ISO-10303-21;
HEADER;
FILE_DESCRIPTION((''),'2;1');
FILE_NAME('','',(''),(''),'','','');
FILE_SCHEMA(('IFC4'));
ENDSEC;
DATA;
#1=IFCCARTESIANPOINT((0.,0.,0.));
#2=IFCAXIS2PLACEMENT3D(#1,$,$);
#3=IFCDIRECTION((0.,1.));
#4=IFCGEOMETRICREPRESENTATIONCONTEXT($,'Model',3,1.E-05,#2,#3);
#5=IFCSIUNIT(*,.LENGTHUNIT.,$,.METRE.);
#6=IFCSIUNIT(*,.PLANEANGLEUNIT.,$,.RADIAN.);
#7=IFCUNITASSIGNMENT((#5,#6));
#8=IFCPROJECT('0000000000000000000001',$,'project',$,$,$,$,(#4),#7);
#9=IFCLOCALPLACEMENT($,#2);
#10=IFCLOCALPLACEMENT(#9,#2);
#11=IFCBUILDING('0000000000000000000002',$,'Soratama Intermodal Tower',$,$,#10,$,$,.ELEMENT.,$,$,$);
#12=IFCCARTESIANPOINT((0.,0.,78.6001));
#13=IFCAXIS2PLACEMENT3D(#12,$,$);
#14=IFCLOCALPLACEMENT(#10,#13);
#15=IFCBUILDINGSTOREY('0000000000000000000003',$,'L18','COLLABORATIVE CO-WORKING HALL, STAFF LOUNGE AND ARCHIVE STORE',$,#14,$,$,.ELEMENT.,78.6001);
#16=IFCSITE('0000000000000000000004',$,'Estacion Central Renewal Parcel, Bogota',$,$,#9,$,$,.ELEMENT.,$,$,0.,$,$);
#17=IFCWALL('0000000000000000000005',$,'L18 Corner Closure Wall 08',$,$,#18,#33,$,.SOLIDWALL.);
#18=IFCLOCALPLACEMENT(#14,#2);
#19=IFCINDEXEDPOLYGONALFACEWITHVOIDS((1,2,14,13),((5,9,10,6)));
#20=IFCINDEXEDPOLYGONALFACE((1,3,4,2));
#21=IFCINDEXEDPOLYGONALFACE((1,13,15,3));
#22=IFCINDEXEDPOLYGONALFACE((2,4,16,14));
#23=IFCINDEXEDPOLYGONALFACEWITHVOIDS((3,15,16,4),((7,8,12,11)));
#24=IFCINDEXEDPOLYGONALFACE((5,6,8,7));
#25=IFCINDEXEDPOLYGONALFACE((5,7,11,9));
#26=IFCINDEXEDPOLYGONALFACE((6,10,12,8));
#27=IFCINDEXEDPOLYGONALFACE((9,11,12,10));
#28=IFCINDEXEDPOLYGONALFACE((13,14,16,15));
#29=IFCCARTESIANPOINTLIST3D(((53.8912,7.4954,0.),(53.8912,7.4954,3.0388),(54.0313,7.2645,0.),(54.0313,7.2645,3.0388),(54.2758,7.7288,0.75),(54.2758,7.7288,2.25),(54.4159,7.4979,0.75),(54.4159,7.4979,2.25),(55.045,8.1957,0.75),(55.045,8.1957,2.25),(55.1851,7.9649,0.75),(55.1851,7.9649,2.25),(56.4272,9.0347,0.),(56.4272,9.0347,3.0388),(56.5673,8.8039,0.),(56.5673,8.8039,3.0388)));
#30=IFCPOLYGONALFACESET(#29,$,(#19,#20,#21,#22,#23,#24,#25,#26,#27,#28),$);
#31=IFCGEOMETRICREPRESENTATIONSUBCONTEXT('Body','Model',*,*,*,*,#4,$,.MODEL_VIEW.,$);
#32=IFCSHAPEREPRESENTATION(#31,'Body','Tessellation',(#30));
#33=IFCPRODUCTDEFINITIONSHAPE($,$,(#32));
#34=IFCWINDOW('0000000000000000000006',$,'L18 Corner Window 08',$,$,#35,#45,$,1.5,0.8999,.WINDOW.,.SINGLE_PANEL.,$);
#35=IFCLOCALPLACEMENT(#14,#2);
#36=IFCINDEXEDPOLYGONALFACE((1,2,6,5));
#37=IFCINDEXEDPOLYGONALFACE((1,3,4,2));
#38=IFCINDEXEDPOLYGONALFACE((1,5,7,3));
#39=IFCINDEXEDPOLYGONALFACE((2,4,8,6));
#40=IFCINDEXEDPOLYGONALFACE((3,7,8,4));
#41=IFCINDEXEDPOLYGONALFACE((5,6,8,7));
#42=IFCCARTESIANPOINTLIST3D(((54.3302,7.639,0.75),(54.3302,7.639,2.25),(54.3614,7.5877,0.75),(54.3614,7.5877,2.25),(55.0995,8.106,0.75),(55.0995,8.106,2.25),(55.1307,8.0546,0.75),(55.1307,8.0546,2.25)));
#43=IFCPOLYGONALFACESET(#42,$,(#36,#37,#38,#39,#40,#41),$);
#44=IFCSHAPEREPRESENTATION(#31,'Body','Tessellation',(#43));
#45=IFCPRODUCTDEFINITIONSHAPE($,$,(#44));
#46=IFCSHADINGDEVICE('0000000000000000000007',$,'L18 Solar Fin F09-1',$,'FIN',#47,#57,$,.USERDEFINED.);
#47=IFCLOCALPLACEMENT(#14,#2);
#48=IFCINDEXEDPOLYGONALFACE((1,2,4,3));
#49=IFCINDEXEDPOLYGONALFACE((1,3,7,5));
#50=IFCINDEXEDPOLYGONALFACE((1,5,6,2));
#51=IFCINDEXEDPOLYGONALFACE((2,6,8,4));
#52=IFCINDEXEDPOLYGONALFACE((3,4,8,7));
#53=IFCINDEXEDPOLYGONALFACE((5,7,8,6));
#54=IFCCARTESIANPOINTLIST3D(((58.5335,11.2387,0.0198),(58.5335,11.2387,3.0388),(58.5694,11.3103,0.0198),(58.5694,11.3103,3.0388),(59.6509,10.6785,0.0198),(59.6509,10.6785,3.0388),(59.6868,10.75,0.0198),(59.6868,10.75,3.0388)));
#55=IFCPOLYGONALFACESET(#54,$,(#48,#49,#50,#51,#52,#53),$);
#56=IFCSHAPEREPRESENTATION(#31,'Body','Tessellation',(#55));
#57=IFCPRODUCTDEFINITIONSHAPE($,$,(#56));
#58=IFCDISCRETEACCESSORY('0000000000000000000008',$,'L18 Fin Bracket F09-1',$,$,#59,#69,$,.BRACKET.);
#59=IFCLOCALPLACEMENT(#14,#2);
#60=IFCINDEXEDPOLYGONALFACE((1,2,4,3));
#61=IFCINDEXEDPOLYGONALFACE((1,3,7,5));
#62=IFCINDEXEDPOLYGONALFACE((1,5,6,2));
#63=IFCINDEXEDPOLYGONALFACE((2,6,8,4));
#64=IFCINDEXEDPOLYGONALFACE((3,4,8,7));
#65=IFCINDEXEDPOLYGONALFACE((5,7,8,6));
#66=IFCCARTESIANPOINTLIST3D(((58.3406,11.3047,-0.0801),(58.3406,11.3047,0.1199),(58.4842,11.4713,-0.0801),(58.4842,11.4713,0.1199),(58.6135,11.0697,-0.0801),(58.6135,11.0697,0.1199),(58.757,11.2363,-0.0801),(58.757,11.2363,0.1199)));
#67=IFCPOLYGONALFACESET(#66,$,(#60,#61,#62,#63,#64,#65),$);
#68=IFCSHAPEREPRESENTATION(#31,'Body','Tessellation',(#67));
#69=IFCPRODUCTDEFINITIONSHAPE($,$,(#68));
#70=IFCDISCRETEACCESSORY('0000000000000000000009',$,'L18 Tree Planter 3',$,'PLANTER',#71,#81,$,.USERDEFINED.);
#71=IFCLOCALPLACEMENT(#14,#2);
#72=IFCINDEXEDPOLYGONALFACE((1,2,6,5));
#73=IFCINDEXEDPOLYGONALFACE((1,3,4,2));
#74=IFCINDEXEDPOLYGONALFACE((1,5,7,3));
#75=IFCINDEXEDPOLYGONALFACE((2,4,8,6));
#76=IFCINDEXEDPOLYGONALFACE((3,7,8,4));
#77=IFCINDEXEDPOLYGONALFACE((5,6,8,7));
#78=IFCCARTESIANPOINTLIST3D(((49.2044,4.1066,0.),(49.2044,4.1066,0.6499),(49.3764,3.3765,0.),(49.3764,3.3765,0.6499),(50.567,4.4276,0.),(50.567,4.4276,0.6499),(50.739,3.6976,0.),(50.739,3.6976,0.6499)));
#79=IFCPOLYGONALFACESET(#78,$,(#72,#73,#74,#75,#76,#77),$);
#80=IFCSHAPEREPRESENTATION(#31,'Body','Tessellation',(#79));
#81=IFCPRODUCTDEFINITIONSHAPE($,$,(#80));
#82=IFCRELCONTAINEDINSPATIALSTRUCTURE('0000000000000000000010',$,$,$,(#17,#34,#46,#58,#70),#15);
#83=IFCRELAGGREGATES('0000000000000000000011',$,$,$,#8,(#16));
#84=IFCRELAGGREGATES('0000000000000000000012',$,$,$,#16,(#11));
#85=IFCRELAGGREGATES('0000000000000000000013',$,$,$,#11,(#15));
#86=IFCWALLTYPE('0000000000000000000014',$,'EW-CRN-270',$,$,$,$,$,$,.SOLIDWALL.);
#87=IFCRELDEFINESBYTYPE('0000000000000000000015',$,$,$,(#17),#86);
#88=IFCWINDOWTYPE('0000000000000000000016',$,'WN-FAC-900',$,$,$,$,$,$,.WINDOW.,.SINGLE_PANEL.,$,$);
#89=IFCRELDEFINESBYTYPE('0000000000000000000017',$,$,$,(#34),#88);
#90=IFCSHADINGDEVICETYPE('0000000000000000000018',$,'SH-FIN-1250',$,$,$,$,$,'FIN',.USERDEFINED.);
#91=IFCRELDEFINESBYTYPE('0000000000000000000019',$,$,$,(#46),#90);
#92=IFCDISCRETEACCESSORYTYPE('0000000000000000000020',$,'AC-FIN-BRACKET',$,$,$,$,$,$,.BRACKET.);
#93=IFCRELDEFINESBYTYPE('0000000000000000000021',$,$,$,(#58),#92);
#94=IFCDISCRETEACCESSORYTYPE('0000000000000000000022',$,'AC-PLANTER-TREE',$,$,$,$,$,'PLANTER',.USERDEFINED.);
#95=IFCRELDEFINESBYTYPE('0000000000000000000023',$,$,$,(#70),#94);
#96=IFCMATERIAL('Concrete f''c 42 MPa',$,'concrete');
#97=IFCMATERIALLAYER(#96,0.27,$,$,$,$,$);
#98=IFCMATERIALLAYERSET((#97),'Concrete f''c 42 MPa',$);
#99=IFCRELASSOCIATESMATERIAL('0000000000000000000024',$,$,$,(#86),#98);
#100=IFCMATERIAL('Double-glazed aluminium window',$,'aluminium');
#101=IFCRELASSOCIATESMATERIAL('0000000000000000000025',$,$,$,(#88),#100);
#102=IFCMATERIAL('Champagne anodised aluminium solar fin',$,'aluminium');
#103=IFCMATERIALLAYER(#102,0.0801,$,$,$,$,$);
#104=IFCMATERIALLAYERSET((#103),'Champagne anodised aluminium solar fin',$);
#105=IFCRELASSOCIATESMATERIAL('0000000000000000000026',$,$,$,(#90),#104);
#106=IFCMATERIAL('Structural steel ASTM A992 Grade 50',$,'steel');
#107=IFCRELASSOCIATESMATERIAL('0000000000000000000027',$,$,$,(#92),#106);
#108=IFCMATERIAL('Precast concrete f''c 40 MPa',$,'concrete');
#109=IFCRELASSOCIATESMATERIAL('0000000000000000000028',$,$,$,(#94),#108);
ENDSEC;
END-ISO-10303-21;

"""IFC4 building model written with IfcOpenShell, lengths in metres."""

from ifc_helpers import new_model, si_unit, direction, frame, frame_2d, origin, origin_2d, place, context, subcontext, project, spatial, rectangle, extrude, material, layer, layer_set, type_object, element, fill, save


model = new_model("IFC4")

# Units and contexts
model_context = context("Model", 3, precision=1e-05, world=origin(), true_north=direction((0.0, 1.0)))
body_context = subcontext(model_context, "Body", "Model", "MODEL_VIEW")
ifc_project = project(units=[si_unit("LENGTHUNIT", "METRE"), si_unit("PLANEANGLEUNIT", "RADIAN")], contexts=[model_context])

# Site, building, storey
site_placement = place(None, origin())
site = spatial("IfcSite", under=ifc_project, at=site_placement, Name="Estacion Central Renewal Parcel, Bogota", CompositionType="ELEMENT", RefElevation=0.0)
building_placement = place(site_placement, origin())
building = spatial("IfcBuilding", under=site, at=building_placement, Name="Soratama Intermodal Tower", CompositionType="ELEMENT")
storey_placement = place(building_placement, frame((0.0, 0.0, 78.6001)))
storey = spatial("IfcBuildingStorey", under=building, at=storey_placement, Name="L18", Description="COLLABORATIVE CO-WORKING HALL, STAFF LOUNGE AND ARCHIVE STORE", CompositionType="ELEMENT", Elevation=78.6001)

# Wall, opening, window
ifc_material_1 = material(Name="Concrete f'c 42 MPa", Category="concrete")
ifc_layer_1 = layer(ifc_material_1, 0.27)
ifc_layer_set_1 = layer_set([ifc_layer_1], Name="Concrete f'c 42 MPa")
wall_type = type_object("IfcWallType", Name="EW-CRN-270", PredefinedType="SOLIDWALL", material=ifc_layer_set_1)
wall_placement = place(storey_placement, frame((53.9612, 7.3799, 0.0), z_axis=(0.0, 0.0, 1.0), x_axis=(0.854838, 0.518894, 0.0)))
wall = element("IfcWall", 1, at=wall_placement, inside=storey, type_object=wall_type, Name="L18 Corner Closure Wall 08", PredefinedType="SOLIDWALL", context=body_context, shape_type="SweptSolid", body=[
    extrude(rectangle(XDim=2.9666, YDim=0.27, at=frame_2d((1.4834, 0.0))), origin(), (0.0, 0.0, 1.0), 3.0388),
])
opening_placement = place(wall_placement, frame((0.45, 0.0, 0.75)))
opening = element("IfcOpeningElement", 2, at=opening_placement, cuts=wall, PredefinedType="OPENING", context=body_context, shape_type="SweptSolid", body=[
    extrude(rectangle(XDim=0.8999, YDim=1.5, at=frame_2d((0.45, 0.75))), frame((0.0, 0.145, 0.0), z_axis=(0.0, -1.0, 0.0), x_axis=(1.0, 0.0, 0.0)), (0.0, 0.0, 1.0), 0.29),
])
ifc_material_2 = material(Name="Double-glazed aluminium window", Category="aluminium")
window_type = type_object("IfcWindowType", Name="WN-FAC-900", PartitioningType="SINGLE_PANEL", PredefinedType="WINDOW", material=ifc_material_2)
window_placement = place(opening_placement, origin())
window = element("IfcWindow", 3, at=window_placement, inside=storey, type_object=window_type, Name="L18 Corner Window 08", OverallHeight=1.5, OverallWidth=0.8999, PartitioningType="SINGLE_PANEL", PredefinedType="WINDOW", context=body_context, shape_type="SweptSolid", body=[
    extrude(rectangle(XDim=0.8999, YDim=1.5, at=frame_2d((0.45, 0.75))), frame((0.0, 0.03, 0.0), z_axis=(0.0, -1.0, 0.0), x_axis=(1.0, 0.0, 0.0)), (0.0, 0.0, 1.0), 0.0601),
])
fill(opening, window)

# Shading device
ifc_material_3 = material(Name="Champagne anodised aluminium solar fin", Category="aluminium")
ifc_layer_2 = layer(ifc_material_3, 0.0801)
ifc_layer_set_2 = layer_set([ifc_layer_2], Name="Champagne anodised aluminium solar fin")
shading_device_type = type_object("IfcShadingDeviceType", Name="SH-FIN-1250", ElementType="FIN", PredefinedType="USERDEFINED", material=ifc_layer_set_2)
shading_device_placement = place(storey_placement, frame((59.1101, 10.9944, 0.0198), z_axis=(0.0, 0.0, 1.0), x_axis=(0.89392, -0.448227, 0.0)))
element("IfcShadingDevice", 4, at=shading_device_placement, inside=storey, type_object=shading_device_type, Name="L18 Solar Fin F09-1", ObjectType="FIN", PredefinedType="USERDEFINED", context=body_context, shape_type="SweptSolid", body=[
    extrude(rectangle(XDim=1.25, YDim=0.0801, at=origin_2d()), origin(), (0.0, 0.0, 1.0), 3.019),
])

# Discrete accessories
ifc_material_4 = material(Name="Structural steel ASTM A992 Grade 50", Category="steel")
discrete_accessory_type_1 = type_object("IfcDiscreteAccessoryType", Name="AC-FIN-BRACKET", PredefinedType="BRACKET", material=ifc_material_4)
discrete_accessory_1_placement = place(storey_placement, frame((58.5488, 11.2705, -0.0801), z_axis=(0.0, 0.0, 1.0), x_axis=(0.757679, -0.652628, 0.0)))
element("IfcDiscreteAccessory", 5, at=discrete_accessory_1_placement, inside=storey, type_object=discrete_accessory_type_1, Name="L18 Fin Bracket F09-1", PredefinedType="BRACKET", context=body_context, shape_type="SweptSolid", body=[
    extrude(rectangle(XDim=0.3601, YDim=0.22, at=origin_2d()), origin(), (0.0, 0.0, 1.0), 0.2),
])
ifc_material_5 = material(Name="Precast concrete f'c 40 MPa", Category="concrete")
discrete_accessory_type_2 = type_object("IfcDiscreteAccessoryType", Name="AC-PLANTER-TREE", ElementType="PLANTER", PredefinedType="USERDEFINED", material=ifc_material_5)
discrete_accessory_2_placement = place(storey_placement, frame((49.9717, 3.9021, 0.0), z_axis=(0.0, 0.0, 1.0), x_axis=(0.22937, -0.973339, 0.0)))
element("IfcDiscreteAccessory", 6, at=discrete_accessory_2_placement, inside=storey, type_object=discrete_accessory_type_2, Name="L18 Tree Planter 3", ObjectType="PLANTER", PredefinedType="USERDEFINED", context=body_context, shape_type="SweptSolid", body=[
    extrude(rectangle(XDim=0.75, YDim=1.3999, at=origin_2d()), origin(), (0.0, 0.0, 1.0), 0.6499),
])

save(model, "model.ifc")
